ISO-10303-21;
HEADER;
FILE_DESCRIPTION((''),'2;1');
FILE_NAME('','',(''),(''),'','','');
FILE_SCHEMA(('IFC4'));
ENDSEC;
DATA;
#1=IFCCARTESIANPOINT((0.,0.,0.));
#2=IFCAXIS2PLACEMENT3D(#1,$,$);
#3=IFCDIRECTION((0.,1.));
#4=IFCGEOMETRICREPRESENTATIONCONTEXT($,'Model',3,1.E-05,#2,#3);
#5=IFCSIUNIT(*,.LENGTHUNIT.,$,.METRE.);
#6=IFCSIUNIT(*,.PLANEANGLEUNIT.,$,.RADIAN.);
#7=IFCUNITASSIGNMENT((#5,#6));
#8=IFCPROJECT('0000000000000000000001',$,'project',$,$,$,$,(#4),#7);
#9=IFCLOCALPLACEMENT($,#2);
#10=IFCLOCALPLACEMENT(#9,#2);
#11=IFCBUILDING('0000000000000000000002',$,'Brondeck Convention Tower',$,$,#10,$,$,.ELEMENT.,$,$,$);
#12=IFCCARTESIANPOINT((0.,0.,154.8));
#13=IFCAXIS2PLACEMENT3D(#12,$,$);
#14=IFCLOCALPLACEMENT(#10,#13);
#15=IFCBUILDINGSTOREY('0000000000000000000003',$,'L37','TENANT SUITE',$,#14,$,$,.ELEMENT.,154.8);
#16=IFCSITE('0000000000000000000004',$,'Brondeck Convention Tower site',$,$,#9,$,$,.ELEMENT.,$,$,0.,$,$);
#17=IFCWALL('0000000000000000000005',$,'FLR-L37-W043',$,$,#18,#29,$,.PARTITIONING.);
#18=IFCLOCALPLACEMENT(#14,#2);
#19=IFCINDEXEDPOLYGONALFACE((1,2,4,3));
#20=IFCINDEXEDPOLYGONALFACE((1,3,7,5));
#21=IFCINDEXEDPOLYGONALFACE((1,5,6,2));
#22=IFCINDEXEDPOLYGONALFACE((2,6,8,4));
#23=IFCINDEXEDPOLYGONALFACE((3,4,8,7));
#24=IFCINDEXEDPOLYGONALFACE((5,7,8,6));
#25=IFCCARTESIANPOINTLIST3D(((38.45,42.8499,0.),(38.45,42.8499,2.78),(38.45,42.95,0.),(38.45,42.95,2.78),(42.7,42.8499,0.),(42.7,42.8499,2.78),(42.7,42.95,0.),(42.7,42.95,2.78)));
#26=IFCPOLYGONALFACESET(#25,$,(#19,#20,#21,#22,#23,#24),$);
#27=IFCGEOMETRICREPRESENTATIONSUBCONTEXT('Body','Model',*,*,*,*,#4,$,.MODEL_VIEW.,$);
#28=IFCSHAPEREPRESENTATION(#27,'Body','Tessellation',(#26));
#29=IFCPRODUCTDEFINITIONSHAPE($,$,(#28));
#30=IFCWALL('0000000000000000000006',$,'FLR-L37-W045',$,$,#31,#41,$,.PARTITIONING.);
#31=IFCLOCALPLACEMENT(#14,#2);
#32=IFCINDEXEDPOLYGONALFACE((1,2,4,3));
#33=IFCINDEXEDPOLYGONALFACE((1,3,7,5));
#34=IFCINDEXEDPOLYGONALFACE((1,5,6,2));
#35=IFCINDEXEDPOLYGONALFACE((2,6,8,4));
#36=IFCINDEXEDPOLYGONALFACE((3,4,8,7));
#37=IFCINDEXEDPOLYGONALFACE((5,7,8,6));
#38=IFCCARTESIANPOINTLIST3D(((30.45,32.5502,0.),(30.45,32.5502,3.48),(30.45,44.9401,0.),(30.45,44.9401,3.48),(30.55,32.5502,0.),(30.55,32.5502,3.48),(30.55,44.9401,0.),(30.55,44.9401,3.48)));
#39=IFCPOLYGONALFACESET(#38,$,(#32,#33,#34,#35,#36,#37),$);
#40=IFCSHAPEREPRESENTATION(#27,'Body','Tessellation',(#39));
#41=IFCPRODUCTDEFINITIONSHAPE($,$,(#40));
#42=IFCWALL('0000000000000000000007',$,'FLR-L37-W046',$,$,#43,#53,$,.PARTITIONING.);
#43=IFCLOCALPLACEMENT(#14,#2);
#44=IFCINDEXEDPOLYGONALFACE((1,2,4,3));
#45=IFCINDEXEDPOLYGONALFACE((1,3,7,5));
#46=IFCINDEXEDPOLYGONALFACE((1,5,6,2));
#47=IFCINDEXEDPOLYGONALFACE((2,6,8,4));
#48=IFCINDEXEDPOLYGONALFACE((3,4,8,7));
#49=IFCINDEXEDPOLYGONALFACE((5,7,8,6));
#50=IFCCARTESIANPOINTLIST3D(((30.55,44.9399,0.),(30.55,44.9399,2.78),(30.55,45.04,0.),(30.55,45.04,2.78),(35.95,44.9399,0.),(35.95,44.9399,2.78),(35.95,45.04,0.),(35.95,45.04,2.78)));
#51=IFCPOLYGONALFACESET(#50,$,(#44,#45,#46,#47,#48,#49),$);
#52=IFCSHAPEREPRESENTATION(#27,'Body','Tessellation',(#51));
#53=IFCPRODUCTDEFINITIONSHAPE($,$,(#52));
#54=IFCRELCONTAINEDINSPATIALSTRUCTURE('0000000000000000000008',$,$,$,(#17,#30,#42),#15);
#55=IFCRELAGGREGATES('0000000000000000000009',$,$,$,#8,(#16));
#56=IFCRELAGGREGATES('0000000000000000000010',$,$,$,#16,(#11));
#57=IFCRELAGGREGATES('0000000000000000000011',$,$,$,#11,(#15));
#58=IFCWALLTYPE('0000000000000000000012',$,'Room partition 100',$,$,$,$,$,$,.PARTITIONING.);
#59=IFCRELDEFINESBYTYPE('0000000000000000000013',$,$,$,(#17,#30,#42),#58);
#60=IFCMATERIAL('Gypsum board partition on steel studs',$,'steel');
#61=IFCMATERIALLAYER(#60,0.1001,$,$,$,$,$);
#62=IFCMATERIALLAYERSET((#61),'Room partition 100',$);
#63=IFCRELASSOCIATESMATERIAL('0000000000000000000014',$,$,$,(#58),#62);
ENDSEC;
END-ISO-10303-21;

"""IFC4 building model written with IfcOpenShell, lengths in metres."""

from ifc_helpers import new_model, si_unit, direction, frame, frame_2d, origin, place, context, subcontext, project, spatial, rectangle, extrude, material, layer, layer_set, type_object, element, save


model = new_model("IFC4")

# Units and contexts
model_context = context("Model", 3, precision=1e-05, world=origin(), true_north=direction((0.0, 1.0)))
body_context = subcontext(model_context, "Body", "Model", "MODEL_VIEW")
ifc_project = project(units=[si_unit("LENGTHUNIT", "METRE"), si_unit("PLANEANGLEUNIT", "RADIAN")], contexts=[model_context])

# Site, building, storey
site_placement = place(None, origin())
site = spatial("IfcSite", under=ifc_project, at=site_placement, Name="Brondeck Convention Tower site", CompositionType="ELEMENT", RefElevation=0.0)
building_placement = place(site_placement, origin())
building = spatial("IfcBuilding", under=site, at=building_placement, Name="Brondeck Convention Tower", CompositionType="ELEMENT")
storey_placement = place(building_placement, frame((0.0, 0.0, 154.8)))
storey = spatial("IfcBuildingStorey", under=building, at=storey_placement, Name="L37", Description="TENANT SUITE", CompositionType="ELEMENT", Elevation=154.8)

# Shared definitions
ifc_material_1 = material(Name="Gypsum board partition on steel studs", Category="steel")
ifc_layer_1 = layer(ifc_material_1, 0.1001)
ifc_layer_set_1 = layer_set([ifc_layer_1], Name="Room partition 100")
wall_type_1 = type_object("IfcWallType", Name="Room partition 100", PredefinedType="PARTITIONING", material=ifc_layer_set_1)

# Walls
wall_1_placement = place(storey_placement, frame((38.45, 42.8999, 0.0), z_axis=(0.0, 0.0, 1.0), x_axis=(1.0, 0.0, 0.0)))
element("IfcWall", 1, at=wall_1_placement, inside=storey, type_object=wall_type_1, Name="FLR-L37-W043", PredefinedType="PARTITIONING", context=body_context, shape_type="SweptSolid", body=[
    extrude(rectangle(XDim=4.25, YDim=0.1001, at=frame_2d((2.125, 0.0))), origin(), (0.0, 0.0, 1.0), 2.78),
])
wall_2_placement = place(storey_placement, frame((30.5, 44.9399, 0.0), z_axis=(0.0, 0.0, 1.0), x_axis=(0.0, -1.0, 0.0)))
element("IfcWall", 2, at=wall_2_placement, inside=storey, type_object=wall_type_1, Name="FLR-L37-W045", PredefinedType="PARTITIONING", context=body_context, shape_type="SweptSolid", body=[
    extrude(rectangle(XDim=12.3899, YDim=0.1001, at=frame_2d((6.1948, 0.0))), origin(), (0.0, 0.0, 1.0), 3.48),
])
wall_3_placement = place(storey_placement, frame((30.55, 44.99, 0.0), z_axis=(0.0, 0.0, 1.0), x_axis=(1.0, 0.0, 0.0)))
element("IfcWall", 3, at=wall_3_placement, inside=storey, type_object=wall_type_1, Name="FLR-L37-W046", PredefinedType="PARTITIONING", context=body_context, shape_type="SweptSolid", body=[
    extrude(rectangle(XDim=5.3999, YDim=0.1001, at=frame_2d((2.7, 0.0))), origin(), (0.0, 0.0, 1.0), 2.78),
])

save(model, "model.ifc")
